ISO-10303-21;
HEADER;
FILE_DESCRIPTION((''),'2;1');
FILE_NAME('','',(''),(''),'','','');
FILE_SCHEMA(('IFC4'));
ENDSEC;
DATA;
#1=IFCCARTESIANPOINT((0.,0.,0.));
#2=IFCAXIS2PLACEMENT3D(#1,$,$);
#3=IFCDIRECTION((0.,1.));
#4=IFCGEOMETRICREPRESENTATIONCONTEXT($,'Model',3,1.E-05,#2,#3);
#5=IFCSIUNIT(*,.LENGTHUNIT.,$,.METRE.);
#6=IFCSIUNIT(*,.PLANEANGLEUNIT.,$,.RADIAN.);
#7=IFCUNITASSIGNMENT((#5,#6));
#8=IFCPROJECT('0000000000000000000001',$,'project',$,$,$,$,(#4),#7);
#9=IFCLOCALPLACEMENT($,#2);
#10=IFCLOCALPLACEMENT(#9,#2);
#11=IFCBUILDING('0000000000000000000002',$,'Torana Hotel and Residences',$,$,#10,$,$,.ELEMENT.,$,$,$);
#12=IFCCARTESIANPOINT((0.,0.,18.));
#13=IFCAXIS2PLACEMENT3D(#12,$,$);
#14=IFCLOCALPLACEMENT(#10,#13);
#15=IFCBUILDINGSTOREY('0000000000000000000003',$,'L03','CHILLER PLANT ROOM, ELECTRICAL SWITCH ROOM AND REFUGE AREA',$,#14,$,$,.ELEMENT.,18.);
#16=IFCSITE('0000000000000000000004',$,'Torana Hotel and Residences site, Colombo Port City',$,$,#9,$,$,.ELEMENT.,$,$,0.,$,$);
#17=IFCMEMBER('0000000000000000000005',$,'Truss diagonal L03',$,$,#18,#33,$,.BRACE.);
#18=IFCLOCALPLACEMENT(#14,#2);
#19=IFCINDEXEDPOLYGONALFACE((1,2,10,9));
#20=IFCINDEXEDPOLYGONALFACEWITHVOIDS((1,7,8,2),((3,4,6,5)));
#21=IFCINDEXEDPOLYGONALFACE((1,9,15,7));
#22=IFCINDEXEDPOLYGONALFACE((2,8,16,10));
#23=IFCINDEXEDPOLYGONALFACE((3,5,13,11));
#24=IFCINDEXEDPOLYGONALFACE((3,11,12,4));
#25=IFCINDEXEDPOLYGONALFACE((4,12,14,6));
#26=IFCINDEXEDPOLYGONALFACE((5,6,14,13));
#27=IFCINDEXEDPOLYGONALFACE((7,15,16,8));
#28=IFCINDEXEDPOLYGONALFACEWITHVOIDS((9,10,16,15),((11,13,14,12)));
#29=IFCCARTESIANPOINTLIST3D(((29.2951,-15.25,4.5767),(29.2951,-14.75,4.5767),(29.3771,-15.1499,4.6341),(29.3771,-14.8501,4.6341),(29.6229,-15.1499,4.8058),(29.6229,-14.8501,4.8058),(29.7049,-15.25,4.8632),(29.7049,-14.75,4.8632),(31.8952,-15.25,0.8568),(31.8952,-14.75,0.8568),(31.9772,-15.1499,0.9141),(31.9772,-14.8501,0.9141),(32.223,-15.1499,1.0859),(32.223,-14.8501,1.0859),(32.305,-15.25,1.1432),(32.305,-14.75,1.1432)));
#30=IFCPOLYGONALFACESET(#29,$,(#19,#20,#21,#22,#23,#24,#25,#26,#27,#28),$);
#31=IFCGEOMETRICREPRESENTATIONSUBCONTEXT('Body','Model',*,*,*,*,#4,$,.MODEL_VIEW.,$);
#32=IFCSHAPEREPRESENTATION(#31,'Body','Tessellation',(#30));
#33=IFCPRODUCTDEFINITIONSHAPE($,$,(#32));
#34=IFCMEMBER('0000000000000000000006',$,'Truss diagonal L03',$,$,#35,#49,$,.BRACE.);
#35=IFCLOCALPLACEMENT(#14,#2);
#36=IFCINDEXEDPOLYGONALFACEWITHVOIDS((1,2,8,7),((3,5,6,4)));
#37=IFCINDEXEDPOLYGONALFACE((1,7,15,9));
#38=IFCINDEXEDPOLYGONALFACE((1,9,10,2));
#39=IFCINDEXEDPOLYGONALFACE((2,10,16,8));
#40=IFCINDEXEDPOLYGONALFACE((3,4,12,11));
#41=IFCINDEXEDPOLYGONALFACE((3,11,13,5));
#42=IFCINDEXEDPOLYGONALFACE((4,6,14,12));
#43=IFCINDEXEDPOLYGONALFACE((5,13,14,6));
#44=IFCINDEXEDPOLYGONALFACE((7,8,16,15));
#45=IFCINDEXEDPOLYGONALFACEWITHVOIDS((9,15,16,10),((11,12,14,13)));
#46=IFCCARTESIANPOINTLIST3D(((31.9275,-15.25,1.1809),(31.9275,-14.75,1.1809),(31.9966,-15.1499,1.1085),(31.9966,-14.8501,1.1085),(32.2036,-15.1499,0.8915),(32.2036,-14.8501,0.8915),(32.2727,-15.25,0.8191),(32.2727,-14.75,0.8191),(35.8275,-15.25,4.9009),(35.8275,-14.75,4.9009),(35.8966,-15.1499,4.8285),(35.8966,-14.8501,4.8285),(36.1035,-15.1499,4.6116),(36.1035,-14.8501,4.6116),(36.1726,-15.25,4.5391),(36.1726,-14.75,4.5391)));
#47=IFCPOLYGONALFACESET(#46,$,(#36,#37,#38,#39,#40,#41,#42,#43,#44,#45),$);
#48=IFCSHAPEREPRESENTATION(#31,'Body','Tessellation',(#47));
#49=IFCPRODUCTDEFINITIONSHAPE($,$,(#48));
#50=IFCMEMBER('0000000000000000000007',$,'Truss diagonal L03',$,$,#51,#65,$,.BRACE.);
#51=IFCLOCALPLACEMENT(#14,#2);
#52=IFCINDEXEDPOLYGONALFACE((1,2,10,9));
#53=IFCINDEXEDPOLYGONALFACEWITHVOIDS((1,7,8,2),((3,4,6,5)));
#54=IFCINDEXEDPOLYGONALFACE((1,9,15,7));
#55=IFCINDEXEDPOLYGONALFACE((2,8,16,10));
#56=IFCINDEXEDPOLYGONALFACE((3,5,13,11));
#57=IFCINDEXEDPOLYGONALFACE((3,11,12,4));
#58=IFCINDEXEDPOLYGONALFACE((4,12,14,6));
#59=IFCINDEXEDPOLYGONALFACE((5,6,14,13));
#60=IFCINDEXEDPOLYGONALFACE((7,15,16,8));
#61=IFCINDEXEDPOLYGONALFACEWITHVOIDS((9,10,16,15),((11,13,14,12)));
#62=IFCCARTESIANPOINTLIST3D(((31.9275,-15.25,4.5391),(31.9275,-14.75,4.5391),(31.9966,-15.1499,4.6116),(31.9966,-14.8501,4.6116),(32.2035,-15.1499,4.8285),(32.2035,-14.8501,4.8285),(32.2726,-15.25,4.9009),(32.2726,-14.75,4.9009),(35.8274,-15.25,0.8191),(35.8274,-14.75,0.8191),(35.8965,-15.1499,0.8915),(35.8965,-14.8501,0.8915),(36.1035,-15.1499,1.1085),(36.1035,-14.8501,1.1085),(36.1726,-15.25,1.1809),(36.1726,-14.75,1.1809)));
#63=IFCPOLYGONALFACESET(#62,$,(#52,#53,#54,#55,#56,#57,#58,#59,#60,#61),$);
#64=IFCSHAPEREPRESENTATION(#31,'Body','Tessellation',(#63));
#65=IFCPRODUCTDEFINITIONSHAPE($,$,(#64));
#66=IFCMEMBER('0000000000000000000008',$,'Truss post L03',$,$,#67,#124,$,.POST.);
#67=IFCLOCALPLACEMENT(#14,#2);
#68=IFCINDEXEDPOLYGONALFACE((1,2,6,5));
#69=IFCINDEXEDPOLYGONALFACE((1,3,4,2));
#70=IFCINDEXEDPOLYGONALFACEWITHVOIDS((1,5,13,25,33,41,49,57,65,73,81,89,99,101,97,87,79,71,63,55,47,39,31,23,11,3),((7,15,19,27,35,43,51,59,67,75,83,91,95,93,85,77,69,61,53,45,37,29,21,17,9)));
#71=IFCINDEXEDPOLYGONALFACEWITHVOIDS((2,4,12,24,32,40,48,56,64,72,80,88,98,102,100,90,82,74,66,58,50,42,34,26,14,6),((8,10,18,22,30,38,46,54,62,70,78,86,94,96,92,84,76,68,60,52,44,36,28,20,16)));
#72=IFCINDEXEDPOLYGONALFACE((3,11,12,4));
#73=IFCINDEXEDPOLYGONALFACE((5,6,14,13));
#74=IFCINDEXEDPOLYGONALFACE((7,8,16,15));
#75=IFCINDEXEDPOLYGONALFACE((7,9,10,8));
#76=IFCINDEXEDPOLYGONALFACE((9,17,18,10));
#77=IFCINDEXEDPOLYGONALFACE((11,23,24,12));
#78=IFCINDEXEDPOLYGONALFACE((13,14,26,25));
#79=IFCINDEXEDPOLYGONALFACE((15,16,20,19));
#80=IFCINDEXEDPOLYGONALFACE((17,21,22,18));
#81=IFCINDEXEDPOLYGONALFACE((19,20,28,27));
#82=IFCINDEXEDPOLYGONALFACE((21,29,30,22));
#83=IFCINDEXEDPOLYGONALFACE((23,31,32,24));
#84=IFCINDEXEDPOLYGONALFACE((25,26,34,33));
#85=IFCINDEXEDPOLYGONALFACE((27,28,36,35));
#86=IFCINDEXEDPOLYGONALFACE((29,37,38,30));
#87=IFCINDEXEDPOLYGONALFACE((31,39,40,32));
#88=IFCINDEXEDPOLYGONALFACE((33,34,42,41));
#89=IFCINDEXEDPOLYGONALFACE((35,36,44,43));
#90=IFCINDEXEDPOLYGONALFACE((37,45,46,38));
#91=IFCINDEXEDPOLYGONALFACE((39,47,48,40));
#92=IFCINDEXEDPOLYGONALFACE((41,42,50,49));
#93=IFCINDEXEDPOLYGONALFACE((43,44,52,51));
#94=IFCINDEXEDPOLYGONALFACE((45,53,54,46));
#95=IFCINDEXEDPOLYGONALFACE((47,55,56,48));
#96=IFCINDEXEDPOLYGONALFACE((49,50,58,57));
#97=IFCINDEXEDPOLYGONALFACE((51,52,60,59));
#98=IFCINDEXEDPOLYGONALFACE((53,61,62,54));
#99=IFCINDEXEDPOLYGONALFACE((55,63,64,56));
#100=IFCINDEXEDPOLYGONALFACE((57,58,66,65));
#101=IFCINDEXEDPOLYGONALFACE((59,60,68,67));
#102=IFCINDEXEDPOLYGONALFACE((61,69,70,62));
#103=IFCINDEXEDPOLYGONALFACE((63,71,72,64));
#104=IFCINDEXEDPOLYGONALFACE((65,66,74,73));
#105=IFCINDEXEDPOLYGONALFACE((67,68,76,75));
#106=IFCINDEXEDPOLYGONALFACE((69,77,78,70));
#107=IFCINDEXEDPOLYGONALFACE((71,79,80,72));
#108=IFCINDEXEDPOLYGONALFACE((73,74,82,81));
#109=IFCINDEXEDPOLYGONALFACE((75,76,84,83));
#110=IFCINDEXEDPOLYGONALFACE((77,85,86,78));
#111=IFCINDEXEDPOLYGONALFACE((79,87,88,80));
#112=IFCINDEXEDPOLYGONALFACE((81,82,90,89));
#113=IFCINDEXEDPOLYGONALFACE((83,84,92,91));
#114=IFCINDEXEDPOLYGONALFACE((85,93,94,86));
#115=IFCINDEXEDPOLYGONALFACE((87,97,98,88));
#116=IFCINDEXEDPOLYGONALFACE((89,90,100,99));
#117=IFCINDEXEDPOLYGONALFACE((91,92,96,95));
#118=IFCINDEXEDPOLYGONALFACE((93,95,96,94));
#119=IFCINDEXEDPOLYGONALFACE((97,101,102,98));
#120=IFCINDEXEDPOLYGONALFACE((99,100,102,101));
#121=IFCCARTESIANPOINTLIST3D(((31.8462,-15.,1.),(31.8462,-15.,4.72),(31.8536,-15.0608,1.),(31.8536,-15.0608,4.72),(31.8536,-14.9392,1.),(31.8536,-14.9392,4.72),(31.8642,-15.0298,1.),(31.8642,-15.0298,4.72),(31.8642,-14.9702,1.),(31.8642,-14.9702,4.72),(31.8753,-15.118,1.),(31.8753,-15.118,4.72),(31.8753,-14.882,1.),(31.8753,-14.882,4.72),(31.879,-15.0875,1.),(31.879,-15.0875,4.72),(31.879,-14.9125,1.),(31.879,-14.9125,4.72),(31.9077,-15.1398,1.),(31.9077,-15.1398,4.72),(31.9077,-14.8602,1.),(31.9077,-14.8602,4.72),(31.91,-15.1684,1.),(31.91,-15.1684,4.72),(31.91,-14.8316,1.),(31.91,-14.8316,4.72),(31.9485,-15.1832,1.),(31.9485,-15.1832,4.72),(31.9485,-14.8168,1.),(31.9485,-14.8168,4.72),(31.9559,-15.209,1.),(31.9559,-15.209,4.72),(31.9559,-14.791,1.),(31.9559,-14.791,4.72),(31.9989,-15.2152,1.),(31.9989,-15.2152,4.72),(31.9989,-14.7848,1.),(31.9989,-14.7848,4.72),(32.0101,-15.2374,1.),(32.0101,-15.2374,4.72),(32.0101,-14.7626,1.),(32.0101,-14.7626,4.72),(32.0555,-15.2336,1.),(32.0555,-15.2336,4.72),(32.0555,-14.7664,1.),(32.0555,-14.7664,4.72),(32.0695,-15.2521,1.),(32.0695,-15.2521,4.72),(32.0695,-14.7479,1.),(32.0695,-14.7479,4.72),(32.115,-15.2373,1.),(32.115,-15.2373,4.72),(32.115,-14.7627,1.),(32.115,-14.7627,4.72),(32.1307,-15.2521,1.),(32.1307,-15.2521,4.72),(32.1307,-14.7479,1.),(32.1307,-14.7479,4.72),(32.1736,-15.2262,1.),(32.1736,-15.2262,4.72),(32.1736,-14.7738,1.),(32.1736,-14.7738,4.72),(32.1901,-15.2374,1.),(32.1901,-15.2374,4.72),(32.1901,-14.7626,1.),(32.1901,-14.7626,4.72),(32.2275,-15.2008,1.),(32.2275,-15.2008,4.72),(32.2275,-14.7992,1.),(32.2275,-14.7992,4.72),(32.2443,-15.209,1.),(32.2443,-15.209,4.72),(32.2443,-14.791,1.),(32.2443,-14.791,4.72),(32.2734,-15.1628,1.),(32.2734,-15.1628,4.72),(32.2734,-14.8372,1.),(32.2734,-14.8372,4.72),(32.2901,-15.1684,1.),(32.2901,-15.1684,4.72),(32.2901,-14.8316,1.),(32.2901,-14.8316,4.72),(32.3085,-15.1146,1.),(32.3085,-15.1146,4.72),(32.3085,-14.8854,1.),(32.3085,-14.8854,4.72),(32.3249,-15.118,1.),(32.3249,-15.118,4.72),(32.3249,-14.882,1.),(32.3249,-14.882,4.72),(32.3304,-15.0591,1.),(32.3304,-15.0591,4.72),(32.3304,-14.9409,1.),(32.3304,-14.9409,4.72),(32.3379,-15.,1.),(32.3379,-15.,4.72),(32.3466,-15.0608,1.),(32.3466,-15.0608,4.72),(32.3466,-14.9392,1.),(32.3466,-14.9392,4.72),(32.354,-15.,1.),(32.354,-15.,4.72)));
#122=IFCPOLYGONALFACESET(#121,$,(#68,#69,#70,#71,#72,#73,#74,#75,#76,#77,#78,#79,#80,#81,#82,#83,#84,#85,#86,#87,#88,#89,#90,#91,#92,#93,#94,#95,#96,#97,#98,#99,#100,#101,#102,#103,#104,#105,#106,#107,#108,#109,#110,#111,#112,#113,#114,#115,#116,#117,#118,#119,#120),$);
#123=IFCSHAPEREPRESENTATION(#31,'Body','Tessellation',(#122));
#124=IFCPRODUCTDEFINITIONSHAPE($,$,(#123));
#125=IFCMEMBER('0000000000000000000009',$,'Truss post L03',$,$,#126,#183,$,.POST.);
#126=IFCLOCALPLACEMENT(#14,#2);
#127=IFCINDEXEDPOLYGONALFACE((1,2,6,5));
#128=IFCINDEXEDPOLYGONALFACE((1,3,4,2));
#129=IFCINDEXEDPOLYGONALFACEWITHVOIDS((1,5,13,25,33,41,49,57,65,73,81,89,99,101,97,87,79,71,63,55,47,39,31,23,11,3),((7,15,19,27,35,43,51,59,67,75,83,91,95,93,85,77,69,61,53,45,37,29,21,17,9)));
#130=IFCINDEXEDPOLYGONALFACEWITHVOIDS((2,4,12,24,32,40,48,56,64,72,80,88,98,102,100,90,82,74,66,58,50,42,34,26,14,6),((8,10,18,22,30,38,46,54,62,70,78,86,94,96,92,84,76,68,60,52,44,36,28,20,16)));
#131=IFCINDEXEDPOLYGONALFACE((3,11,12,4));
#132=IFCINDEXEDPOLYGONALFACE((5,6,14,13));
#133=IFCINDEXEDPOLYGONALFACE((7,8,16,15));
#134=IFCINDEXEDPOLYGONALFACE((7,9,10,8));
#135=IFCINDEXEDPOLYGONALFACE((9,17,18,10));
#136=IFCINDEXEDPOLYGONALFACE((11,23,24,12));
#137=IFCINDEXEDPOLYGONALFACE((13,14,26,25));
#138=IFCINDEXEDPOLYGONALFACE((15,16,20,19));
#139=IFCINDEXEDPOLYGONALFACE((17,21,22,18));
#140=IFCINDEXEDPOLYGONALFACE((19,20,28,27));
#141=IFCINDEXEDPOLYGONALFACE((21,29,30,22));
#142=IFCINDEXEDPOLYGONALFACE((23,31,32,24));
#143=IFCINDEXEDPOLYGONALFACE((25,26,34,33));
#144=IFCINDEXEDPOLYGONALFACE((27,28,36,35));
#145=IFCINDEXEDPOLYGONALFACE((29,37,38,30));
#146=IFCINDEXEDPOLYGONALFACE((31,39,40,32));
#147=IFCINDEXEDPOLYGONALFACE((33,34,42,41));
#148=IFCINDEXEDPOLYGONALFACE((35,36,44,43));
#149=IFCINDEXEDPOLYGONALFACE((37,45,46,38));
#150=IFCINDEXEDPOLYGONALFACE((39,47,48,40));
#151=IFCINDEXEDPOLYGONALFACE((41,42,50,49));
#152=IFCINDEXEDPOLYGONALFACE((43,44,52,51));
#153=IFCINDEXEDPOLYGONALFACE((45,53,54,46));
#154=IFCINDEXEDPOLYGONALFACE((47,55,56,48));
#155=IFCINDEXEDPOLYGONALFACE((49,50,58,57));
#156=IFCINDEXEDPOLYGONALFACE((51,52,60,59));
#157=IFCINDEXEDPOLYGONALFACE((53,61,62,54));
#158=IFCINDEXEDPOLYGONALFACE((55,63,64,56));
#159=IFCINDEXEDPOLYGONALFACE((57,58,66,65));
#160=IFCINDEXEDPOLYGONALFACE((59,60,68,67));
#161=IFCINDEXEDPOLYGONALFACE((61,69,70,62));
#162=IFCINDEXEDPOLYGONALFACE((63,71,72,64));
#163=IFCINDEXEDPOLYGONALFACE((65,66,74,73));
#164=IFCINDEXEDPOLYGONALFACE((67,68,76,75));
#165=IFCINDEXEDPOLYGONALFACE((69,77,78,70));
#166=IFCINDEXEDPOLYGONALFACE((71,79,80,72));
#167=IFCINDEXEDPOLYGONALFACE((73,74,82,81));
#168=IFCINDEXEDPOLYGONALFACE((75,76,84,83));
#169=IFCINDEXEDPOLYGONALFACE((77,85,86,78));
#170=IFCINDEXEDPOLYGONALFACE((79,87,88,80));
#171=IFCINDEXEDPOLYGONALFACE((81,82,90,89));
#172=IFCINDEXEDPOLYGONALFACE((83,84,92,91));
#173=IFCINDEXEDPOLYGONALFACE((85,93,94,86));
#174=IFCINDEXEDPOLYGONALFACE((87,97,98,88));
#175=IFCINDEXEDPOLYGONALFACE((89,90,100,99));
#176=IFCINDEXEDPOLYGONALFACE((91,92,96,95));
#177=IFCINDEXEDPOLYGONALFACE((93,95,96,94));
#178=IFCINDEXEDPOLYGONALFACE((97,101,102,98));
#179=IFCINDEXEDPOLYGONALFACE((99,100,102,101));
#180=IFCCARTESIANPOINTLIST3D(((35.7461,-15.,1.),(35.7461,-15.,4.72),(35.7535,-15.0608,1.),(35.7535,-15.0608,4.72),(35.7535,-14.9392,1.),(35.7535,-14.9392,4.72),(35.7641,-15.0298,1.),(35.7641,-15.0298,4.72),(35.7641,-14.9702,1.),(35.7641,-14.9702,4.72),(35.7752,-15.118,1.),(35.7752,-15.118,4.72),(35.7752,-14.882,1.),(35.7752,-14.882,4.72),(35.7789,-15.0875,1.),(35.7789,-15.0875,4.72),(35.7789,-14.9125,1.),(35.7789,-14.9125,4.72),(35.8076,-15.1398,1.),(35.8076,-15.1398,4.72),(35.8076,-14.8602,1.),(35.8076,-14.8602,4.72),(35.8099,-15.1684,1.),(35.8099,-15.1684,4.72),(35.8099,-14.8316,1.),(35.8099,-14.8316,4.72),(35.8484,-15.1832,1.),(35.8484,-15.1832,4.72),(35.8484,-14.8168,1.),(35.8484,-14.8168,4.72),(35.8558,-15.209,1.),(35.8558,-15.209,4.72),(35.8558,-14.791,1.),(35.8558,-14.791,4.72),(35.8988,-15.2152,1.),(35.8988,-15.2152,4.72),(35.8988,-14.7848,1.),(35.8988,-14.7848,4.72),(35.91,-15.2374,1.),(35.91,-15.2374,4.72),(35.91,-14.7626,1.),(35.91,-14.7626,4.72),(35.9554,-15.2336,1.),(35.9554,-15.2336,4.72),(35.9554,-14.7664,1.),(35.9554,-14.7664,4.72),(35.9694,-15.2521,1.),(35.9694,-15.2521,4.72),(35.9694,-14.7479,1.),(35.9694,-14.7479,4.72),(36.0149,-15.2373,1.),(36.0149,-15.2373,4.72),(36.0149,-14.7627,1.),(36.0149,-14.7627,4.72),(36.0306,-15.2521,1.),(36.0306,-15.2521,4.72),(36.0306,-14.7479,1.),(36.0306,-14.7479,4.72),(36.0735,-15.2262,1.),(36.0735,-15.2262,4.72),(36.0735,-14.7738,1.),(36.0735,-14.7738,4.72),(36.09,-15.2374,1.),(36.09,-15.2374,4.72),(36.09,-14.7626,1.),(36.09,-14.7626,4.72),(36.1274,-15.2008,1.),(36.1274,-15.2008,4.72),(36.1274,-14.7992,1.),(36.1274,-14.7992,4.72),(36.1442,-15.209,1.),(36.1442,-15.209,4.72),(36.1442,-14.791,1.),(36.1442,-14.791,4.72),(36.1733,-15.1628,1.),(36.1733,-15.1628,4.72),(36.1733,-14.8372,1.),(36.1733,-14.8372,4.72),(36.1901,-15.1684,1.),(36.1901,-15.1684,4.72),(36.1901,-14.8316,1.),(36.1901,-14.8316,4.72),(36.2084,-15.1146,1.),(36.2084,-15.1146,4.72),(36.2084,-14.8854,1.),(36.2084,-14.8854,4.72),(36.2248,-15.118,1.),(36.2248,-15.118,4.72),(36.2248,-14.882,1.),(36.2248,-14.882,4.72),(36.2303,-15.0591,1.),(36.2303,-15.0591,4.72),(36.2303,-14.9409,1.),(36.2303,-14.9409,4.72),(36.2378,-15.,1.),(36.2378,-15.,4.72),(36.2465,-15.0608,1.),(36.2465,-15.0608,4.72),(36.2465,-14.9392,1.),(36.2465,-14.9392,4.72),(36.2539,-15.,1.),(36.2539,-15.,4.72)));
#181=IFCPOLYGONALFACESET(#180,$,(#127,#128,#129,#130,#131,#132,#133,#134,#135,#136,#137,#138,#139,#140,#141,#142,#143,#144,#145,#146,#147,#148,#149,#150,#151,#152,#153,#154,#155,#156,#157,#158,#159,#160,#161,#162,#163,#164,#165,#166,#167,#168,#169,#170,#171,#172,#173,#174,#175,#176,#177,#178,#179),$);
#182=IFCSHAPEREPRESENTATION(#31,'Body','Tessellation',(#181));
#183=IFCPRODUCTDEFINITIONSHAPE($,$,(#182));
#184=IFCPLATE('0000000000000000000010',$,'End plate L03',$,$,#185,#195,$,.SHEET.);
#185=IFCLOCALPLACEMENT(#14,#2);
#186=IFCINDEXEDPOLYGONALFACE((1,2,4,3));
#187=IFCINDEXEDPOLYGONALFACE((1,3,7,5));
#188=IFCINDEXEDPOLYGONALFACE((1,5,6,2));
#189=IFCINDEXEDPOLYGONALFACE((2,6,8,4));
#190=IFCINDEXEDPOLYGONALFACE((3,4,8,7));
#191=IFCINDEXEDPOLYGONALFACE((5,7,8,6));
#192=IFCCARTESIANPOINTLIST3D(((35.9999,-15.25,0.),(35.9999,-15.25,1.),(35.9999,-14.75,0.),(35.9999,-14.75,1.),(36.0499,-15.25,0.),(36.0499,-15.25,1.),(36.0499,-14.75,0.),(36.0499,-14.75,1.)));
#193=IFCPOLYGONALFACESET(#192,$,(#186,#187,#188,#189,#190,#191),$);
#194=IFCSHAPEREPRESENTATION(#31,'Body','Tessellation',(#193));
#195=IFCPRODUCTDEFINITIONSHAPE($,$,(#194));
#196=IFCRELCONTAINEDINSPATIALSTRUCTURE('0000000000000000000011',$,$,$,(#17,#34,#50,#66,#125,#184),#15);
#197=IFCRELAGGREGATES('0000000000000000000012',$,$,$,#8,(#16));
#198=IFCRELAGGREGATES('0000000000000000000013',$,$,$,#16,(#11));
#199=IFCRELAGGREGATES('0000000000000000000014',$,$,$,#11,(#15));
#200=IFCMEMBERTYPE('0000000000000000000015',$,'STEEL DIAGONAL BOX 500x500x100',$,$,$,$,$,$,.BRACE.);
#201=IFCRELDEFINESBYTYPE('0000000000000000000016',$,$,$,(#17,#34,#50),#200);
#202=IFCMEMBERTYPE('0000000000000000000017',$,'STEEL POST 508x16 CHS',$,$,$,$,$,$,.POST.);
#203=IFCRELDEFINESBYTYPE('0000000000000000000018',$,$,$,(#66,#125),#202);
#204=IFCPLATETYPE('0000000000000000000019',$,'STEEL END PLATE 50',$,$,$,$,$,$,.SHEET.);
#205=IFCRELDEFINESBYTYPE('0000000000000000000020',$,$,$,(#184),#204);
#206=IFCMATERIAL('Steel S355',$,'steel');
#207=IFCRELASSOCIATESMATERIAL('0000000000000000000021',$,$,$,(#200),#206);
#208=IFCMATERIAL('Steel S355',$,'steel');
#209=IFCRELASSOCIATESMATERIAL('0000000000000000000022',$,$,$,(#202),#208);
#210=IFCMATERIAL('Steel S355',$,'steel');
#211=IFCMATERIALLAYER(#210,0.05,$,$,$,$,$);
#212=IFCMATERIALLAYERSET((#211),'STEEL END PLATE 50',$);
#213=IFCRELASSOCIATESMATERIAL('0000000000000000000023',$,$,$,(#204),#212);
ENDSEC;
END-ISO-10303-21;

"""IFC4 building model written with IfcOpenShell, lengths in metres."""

from ifc_helpers import new_model, si_unit, direction, frame, origin, origin_2d, place, context, subcontext, project, spatial, rectangle, hollow_rectangle, hollow_circle, extrude, material, layer, layer_set, material_profile, profile_set, type_object, element, save


model = new_model("IFC4")

# Units and contexts
model_context = context("Model", 3, precision=1e-05, world=origin(), true_north=direction((0.0, 1.0)))
body_context = subcontext(model_context, "Body", "Model", "MODEL_VIEW")
ifc_project = project(units=[si_unit("LENGTHUNIT", "METRE"), si_unit("PLANEANGLEUNIT", "RADIAN")], contexts=[model_context])

# Site, building, storey
site_placement = place(None, origin())
site = spatial("IfcSite", under=ifc_project, at=site_placement, Name="Torana Hotel and Residences site, Colombo Port City", CompositionType="ELEMENT", RefElevation=0.0)
building_placement = place(site_placement, origin())
building = spatial("IfcBuilding", under=site, at=building_placement, Name="Torana Hotel and Residences", CompositionType="ELEMENT")
storey_placement = place(building_placement, frame((0.0, 0.0, 18.0)))
storey = spatial("IfcBuildingStorey", under=building, at=storey_placement, Name="L03", Description="CHILLER PLANT ROOM, ELECTRICAL SWITCH ROOM AND REFUGE AREA", CompositionType="ELEMENT", Elevation=18.0)

# Members
ifc_material_1 = material(Name="Steel S355", Category="steel")
ifc_material_profile_1 = material_profile(ifc_material_1, hollow_rectangle(XDim=0.5, YDim=0.5, WallThickness=0.1001, at=origin_2d()), Name="BOX 500x500x100")
ifc_profile_set_1 = profile_set([ifc_material_profile_1], Name="Steel S355")
member_type_1 = type_object("IfcMemberType", Name="STEEL DIAGONAL BOX 500x500x100", PredefinedType="BRACE", material=ifc_profile_set_1)
member_placement = place(storey_placement, frame((32.1001, -15.0, 1.0), z_axis=(-0.572888, 0.0, 0.819634), x_axis=(0.0, -1.0, 0.0)))
element("IfcMember", 1, at=member_placement, inside=storey, type_object=member_type_1, Name="Truss diagonal L03", PredefinedType="BRACE", context=body_context, shape_type="SweptSolid", body=[
    extrude(hollow_rectangle(XDim=0.5, YDim=0.5, WallThickness=0.1001, at=origin_2d()), origin(), (0.0, 0.0, 1.0), 4.5386),
])
for number, where, z_axis, x_axis, name in (
    (2, (32.1001, -15.0, 1.0), (0.723602, 0.0, 0.690217), (0.0, 1.0, 0.0), "Truss diagonal L03"),
    (3, (36.0, -15.0, 1.0), (-0.723602, 0.0, 0.690217), (0.0, -1.0, 0.0), "Truss diagonal L03"),
):
    element("IfcMember", number, at=place(storey_placement, frame(where, z_axis=z_axis, x_axis=x_axis)), inside=storey, type_object=member_type_1, Name=name, PredefinedType="BRACE", context=body_context, shape_type="SweptSolid", body=[
        extrude(hollow_rectangle(XDim=0.5, YDim=0.5, WallThickness=0.1001, at=origin_2d()), origin(), (0.0, 0.0, 1.0), 5.3896),
    ])
ifc_material_2 = material(Name="Steel S355", Category="steel")
ifc_material_profile_2 = material_profile(ifc_material_2, hollow_circle(Radius=0.2539, WallThickness=0.0161, at=origin_2d()), Name="508x16 CHS")
ifc_profile_set_2 = profile_set([ifc_material_profile_2], Name="Steel S355")
member_type_2 = type_object("IfcMemberType", Name="STEEL POST 508x16 CHS", PredefinedType="POST", material=ifc_profile_set_2)
for number, where, z_axis, x_axis, name in (
    (4, (32.1001, -15.0, 1.0), (0.0, 0.0, 1.0), (1.0, 0.0, 0.0), "Truss post L03"),
    (5, (36.0, -15.0, 1.0), (0.0, 0.0, 1.0), (1.0, 0.0, 0.0), "Truss post L03"),
):
    element("IfcMember", number, at=place(storey_placement, frame(where, z_axis=z_axis, x_axis=x_axis)), inside=storey, type_object=member_type_2, Name=name, PredefinedType="POST", context=body_context, shape_type="SweptSolid", body=[
        extrude(hollow_circle(Radius=0.2539, WallThickness=0.0161, at=origin_2d()), origin(), (0.0, 0.0, 1.0), 3.72),
    ])

# Plate
ifc_material_3 = material(Name="Steel S355", Category="steel")
ifc_layer_1 = layer(ifc_material_3, 0.05)
ifc_layer_set_1 = layer_set([ifc_layer_1], Name="STEEL END PLATE 50")
plate_type = type_object("IfcPlateType", Name="STEEL END PLATE 50", PredefinedType="SHEET", material=ifc_layer_set_1)
for number, where, z_axis, x_axis, name in (
    (6, (36.0249, -15.0, 0.0), (0.0, 0.0, 1.0), (1.0, 0.0, 0.0), "End plate L03"),
):
    element("IfcPlate", number, at=place(storey_placement, frame(where, z_axis=z_axis, x_axis=x_axis)), inside=storey, type_object=plate_type, Name=name, PredefinedType="SHEET", context=body_context, shape_type="SweptSolid", body=[
        extrude(rectangle(XDim=0.05, YDim=0.5, at=origin_2d()), origin(), (0.0, 0.0, 1.0), 1.0),
    ])

save(model, "model.ifc")
